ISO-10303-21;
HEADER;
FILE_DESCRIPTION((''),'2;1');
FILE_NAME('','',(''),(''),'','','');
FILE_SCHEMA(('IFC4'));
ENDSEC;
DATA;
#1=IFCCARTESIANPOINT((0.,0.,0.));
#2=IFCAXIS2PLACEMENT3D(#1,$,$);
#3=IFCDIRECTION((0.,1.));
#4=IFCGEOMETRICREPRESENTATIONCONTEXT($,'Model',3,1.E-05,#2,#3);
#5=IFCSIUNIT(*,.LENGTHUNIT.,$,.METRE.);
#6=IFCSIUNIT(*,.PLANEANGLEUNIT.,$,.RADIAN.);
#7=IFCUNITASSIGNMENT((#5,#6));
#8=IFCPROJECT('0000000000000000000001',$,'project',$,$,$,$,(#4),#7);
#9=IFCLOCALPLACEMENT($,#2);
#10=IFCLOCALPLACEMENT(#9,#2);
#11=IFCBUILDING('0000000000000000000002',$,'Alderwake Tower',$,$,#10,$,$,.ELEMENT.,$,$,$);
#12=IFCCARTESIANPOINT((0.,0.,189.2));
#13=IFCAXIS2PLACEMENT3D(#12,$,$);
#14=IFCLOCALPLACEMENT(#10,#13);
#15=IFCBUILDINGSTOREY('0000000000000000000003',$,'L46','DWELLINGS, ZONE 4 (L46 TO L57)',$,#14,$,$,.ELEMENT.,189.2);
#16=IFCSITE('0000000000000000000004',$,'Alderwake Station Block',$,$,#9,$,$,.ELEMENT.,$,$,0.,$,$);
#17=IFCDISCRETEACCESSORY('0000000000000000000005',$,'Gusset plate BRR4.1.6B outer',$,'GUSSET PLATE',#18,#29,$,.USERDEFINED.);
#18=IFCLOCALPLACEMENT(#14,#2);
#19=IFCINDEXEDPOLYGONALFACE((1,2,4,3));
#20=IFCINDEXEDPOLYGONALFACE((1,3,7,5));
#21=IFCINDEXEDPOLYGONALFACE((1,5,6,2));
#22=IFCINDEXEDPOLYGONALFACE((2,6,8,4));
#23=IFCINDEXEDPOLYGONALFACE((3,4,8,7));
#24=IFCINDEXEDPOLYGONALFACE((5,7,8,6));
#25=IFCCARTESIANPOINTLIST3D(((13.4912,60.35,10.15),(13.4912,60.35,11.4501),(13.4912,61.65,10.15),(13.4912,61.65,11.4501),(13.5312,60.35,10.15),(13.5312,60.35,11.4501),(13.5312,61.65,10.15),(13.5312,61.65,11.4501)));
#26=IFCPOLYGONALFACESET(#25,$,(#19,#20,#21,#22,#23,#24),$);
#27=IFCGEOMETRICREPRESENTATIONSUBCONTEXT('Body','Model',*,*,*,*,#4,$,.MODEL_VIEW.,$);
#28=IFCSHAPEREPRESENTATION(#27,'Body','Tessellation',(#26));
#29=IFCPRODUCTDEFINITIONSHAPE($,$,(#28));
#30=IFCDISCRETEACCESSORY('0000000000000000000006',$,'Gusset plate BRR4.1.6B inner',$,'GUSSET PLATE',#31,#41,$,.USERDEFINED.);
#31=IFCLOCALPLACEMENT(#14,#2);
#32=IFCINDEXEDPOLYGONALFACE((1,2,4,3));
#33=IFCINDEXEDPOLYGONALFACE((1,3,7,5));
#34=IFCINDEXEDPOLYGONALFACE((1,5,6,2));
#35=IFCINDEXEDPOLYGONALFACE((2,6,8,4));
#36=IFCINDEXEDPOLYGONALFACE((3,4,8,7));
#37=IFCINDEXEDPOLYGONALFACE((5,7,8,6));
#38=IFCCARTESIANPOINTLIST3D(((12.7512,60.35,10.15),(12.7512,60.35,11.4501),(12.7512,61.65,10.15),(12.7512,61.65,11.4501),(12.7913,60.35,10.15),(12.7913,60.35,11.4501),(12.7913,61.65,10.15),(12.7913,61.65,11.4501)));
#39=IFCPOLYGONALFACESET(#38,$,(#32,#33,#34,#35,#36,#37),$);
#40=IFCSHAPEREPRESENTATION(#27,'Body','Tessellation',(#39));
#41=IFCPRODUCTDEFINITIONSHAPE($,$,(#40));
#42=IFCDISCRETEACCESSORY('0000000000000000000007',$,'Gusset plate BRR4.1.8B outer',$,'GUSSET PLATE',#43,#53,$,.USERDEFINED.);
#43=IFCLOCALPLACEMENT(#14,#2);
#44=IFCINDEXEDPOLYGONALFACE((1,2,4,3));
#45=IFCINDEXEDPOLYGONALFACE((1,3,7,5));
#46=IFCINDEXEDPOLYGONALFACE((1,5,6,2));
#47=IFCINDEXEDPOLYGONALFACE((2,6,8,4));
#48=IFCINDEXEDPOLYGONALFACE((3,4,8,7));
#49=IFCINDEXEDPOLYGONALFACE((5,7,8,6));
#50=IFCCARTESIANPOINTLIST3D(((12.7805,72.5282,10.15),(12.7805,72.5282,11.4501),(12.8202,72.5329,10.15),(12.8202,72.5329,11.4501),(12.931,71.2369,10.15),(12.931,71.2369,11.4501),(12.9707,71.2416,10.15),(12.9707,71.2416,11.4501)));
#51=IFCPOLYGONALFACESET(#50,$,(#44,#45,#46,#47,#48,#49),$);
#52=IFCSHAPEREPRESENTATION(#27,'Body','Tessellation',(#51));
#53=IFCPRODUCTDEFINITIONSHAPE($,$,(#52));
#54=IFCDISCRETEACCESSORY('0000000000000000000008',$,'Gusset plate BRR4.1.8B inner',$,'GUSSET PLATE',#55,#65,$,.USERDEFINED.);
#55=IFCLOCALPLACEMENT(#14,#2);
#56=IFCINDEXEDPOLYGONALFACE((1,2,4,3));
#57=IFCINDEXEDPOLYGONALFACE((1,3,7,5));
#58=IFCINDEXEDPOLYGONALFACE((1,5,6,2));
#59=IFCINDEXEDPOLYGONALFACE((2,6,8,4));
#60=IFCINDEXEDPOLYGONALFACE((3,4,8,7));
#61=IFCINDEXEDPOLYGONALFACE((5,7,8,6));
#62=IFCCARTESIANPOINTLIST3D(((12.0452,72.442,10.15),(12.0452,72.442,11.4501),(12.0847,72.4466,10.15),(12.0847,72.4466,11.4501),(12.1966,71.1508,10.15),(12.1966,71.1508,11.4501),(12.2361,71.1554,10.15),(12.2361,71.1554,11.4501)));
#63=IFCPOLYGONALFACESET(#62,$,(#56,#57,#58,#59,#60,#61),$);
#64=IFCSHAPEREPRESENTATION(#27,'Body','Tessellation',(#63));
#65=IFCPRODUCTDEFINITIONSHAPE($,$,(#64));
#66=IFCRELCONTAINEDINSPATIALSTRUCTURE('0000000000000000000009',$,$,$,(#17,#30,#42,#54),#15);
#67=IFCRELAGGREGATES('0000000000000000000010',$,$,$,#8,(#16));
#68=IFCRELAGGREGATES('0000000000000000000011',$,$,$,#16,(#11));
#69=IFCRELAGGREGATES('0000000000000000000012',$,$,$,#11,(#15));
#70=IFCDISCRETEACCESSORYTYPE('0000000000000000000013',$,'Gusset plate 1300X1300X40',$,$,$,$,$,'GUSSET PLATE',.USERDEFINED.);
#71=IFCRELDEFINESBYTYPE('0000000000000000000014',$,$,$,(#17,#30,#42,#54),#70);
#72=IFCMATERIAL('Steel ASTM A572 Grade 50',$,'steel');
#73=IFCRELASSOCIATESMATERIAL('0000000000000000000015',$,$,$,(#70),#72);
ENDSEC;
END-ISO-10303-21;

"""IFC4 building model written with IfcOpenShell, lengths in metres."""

from ifc_helpers import new_model, si_unit, direction, frame, origin, origin_2d, place, context, subcontext, project, spatial, rectangle, extrude, material, material_profile, profile_set, type_object, element, save


model = new_model("IFC4")

# Units and contexts
model_context = context("Model", 3, precision=1e-05, world=origin(), true_north=direction((0.0, 1.0)))
body_context = subcontext(model_context, "Body", "Model", "MODEL_VIEW")
ifc_project = project(units=[si_unit("LENGTHUNIT", "METRE"), si_unit("PLANEANGLEUNIT", "RADIAN")], contexts=[model_context])

# Site, building, storey
site_placement = place(None, origin())
site = spatial("IfcSite", under=ifc_project, at=site_placement, Name="Alderwake Station Block", CompositionType="ELEMENT", RefElevation=0.0)
building_placement = place(site_placement, origin())
building = spatial("IfcBuilding", under=site, at=building_placement, Name="Alderwake Tower", CompositionType="ELEMENT")
storey_placement = place(building_placement, frame((0.0, 0.0, 189.2)))
storey = spatial("IfcBuildingStorey", under=building, at=storey_placement, Name="L46", Description="DWELLINGS, ZONE 4 (L46 TO L57)", CompositionType="ELEMENT", Elevation=189.2)

# Discrete accessories
ifc_material_1 = material(Name="Steel ASTM A572 Grade 50", Category="steel")
ifc_material_profile_1 = material_profile(ifc_material_1, rectangle(XDim=1.3, YDim=1.3, at=origin_2d()), Name="gusset 1300X1300")
ifc_profile_set_1 = profile_set([ifc_material_profile_1], Name="Steel ASTM A572 Grade 50")
discrete_accessory_type = type_object("IfcDiscreteAccessoryType", Name="Gusset plate 1300X1300X40", ElementType="GUSSET PLATE", PredefinedType="USERDEFINED", material=ifc_profile_set_1)
for number, where, z_axis, x_axis, name in (
    (1, (13.4912, 61.0, 10.8), (1.0, 0.0, 0.0), (0.0, 1.0, 0.0), "Gusset plate BRR4.1.6B outer"),
    (2, (12.7913, 61.0, 10.8), (-1.0, 0.0, 0.0), (0.0, -1.0, 0.0), "Gusset plate BRR4.1.6B inner"),
    (3, (12.8557, 71.8826, 10.8), (0.993275, 0.115781, 0.0), (-0.115781, 0.993275, 0.0), "Gusset plate BRR4.1.8B outer"),
):
    element("IfcDiscreteAccessory", number, at=place(storey_placement, frame(where, z_axis=z_axis, x_axis=x_axis)), inside=storey, type_object=discrete_accessory_type, Name=name, ObjectType="GUSSET PLATE", PredefinedType="USERDEFINED", context=body_context, shape_type="SweptSolid", body=[
        extrude(rectangle(XDim=1.3, YDim=1.3, at=origin_2d()), origin(), (0.0, 0.0, 1.0), 0.04),
    ])
discrete_accessory_placement = place(storey_placement, frame((12.1604, 71.801, 10.8), z_axis=(-0.993192, -0.116486, 0.0), x_axis=(0.116486, -0.993192, 0.0)))
element("IfcDiscreteAccessory", 4, at=discrete_accessory_placement, inside=storey, type_object=discrete_accessory_type, Name="Gusset plate BRR4.1.8B inner", ObjectType="GUSSET PLATE", PredefinedType="USERDEFINED", context=body_context, shape_type="SweptSolid", body=[
    extrude(rectangle(XDim=1.3, YDim=1.3, at=origin_2d()), origin(), (0.0, 0.0, 1.0), 0.0398),
])

save(model, "model.ifc")
